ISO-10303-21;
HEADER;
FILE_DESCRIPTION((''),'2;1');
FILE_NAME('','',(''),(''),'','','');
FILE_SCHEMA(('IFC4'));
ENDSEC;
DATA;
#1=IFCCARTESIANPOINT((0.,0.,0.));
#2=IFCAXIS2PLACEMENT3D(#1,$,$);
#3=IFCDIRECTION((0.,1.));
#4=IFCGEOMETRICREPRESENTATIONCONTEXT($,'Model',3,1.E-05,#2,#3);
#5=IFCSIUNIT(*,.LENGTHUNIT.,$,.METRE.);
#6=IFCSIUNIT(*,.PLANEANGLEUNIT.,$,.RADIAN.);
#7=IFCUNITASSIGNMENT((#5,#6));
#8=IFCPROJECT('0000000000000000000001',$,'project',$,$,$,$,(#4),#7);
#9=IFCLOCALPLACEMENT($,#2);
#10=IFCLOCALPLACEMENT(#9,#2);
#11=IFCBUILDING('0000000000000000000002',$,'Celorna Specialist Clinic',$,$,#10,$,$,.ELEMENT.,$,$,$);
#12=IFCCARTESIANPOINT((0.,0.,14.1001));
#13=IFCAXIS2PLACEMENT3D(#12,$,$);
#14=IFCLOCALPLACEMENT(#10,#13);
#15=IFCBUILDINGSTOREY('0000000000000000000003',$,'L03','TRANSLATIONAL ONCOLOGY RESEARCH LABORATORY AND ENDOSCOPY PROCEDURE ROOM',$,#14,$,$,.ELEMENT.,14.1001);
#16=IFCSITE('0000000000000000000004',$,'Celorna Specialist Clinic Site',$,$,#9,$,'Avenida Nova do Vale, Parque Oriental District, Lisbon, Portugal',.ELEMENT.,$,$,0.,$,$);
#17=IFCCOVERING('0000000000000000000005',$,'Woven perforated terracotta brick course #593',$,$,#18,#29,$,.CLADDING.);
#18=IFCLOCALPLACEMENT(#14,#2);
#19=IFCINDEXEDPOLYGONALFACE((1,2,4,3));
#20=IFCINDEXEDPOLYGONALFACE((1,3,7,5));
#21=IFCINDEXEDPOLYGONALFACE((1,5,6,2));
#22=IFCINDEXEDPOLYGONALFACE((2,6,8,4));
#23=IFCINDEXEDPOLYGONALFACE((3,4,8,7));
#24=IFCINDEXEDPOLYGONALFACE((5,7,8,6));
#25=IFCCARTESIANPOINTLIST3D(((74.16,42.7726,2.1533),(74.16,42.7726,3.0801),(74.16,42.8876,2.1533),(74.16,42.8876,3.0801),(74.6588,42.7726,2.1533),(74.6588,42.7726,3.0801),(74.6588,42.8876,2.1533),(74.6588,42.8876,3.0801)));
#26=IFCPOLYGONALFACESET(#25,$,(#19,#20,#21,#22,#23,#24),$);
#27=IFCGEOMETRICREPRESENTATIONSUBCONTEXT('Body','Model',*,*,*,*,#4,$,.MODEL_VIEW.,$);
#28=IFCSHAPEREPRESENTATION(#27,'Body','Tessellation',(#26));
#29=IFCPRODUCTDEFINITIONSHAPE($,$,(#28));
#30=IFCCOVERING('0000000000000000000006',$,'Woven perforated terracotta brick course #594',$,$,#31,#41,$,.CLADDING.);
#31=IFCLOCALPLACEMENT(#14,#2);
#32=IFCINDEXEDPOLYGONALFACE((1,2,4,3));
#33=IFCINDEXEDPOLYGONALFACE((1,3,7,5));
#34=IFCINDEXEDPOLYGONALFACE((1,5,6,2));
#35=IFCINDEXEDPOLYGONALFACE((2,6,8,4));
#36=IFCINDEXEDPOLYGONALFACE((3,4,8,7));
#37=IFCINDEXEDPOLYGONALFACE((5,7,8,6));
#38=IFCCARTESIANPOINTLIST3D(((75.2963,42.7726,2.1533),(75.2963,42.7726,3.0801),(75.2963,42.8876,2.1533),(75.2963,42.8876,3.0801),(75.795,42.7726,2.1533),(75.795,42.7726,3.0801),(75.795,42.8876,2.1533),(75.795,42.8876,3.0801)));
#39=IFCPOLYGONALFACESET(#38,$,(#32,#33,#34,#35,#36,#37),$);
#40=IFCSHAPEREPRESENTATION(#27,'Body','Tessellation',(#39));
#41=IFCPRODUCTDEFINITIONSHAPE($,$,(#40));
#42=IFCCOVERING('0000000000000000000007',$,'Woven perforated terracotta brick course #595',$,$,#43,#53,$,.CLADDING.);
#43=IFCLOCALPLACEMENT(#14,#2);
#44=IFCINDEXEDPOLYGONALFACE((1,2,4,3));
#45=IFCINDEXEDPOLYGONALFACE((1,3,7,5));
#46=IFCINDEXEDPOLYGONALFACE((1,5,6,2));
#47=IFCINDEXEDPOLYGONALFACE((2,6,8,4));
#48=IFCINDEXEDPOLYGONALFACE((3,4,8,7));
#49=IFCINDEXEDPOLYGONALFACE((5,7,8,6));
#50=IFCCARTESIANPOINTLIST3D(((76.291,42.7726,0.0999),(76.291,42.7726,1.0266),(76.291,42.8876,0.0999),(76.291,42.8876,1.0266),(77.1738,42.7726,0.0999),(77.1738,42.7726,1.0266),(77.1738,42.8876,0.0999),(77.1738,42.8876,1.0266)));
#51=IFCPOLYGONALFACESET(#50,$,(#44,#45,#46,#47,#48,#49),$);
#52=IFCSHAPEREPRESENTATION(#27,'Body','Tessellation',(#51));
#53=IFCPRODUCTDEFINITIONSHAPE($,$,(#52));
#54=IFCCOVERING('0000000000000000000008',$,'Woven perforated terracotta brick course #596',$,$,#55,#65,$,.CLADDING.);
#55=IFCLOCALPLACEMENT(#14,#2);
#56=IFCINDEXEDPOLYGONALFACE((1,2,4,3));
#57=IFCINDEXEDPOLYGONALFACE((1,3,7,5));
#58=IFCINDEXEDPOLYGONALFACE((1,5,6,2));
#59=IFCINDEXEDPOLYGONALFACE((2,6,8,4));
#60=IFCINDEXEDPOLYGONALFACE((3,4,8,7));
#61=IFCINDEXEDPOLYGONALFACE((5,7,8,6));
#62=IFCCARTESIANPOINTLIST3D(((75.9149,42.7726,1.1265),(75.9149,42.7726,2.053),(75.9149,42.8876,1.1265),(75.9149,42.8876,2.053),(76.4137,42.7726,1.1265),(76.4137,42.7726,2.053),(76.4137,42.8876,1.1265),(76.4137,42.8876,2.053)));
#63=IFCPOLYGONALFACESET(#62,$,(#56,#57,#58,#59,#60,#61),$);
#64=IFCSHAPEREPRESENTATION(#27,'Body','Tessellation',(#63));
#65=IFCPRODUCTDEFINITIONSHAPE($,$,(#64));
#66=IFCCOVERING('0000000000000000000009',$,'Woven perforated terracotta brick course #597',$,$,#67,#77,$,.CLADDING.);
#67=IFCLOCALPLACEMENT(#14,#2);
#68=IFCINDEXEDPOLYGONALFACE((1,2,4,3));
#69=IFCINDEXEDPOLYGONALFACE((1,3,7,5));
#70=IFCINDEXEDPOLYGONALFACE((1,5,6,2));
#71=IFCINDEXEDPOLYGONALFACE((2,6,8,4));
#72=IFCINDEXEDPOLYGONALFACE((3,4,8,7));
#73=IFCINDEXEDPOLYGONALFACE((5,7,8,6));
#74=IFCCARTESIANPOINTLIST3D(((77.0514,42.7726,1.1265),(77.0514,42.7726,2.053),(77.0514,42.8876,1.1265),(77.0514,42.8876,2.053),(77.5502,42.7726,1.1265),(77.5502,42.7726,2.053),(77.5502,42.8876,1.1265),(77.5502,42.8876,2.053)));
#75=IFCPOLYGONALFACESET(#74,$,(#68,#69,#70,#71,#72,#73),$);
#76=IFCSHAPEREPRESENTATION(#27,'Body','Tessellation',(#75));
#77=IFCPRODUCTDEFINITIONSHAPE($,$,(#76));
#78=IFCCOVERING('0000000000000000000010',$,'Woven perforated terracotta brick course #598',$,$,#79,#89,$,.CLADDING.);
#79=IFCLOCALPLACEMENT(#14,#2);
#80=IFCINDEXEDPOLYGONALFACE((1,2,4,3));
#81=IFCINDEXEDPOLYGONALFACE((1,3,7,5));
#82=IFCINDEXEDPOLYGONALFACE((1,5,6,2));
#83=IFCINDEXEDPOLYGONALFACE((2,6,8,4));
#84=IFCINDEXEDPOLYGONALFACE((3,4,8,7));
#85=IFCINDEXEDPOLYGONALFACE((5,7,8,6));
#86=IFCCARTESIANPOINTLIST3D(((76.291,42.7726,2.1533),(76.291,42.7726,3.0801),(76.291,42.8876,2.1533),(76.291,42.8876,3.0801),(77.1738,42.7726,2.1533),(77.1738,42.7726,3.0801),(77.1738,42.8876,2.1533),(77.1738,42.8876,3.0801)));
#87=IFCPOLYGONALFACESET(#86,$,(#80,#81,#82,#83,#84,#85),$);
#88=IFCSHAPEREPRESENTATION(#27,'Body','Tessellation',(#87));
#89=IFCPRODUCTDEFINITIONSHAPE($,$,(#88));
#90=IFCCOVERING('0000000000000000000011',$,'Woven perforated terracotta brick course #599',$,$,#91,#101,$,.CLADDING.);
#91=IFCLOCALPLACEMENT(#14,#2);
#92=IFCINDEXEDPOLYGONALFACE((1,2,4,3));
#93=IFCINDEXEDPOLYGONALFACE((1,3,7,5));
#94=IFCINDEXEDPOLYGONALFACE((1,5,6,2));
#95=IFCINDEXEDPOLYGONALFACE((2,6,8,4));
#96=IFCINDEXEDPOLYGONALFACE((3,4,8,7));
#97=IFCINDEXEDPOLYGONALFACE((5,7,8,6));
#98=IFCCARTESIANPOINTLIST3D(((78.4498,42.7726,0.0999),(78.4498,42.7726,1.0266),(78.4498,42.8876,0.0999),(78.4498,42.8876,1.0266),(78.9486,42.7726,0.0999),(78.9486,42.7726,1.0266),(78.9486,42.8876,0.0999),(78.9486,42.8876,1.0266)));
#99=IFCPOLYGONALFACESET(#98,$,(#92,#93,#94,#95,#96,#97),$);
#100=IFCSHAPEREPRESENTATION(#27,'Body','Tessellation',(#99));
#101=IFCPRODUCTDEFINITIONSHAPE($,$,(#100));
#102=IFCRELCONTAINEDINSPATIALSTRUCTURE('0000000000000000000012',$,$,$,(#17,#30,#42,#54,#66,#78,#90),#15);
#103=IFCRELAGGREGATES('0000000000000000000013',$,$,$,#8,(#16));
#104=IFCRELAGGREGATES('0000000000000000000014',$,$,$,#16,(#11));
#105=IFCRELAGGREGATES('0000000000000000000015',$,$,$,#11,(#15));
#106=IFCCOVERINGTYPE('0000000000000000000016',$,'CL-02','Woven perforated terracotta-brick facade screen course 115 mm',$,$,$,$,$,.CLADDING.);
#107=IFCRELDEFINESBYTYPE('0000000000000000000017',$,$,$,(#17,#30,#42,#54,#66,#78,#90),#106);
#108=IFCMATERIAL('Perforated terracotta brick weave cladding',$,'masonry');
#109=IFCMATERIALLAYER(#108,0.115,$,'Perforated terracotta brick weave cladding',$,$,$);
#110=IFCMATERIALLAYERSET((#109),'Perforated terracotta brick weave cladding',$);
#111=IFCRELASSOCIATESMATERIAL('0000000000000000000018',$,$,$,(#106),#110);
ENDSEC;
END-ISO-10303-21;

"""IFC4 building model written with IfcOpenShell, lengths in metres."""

from ifc_helpers import new_model, si_unit, direction, frame, origin, origin_2d, place, context, subcontext, project, spatial, rectangle, extrude, material, layer, layer_set, type_object, element, save


model = new_model("IFC4")

# Units and contexts
model_context = context("Model", 3, precision=1e-05, world=origin(), true_north=direction((0.0, 1.0)))
body_context = subcontext(model_context, "Body", "Model", "MODEL_VIEW")
ifc_project = project(units=[si_unit("LENGTHUNIT", "METRE"), si_unit("PLANEANGLEUNIT", "RADIAN")], contexts=[model_context])

# Site, building, storey
site_placement = place(None, origin())
site = spatial("IfcSite", under=ifc_project, at=site_placement, Name="Celorna Specialist Clinic Site", LongName="Avenida Nova do Vale, Parque Oriental District, Lisbon, Portugal", CompositionType="ELEMENT", RefElevation=0.0)
building_placement = place(site_placement, origin())
building = spatial("IfcBuilding", under=site, at=building_placement, Name="Celorna Specialist Clinic", CompositionType="ELEMENT")
storey_placement = place(building_placement, frame((0.0, 0.0, 14.1001)))
storey = spatial("IfcBuildingStorey", under=building, at=storey_placement, Name="L03", Description="TRANSLATIONAL ONCOLOGY RESEARCH LABORATORY AND ENDOSCOPY PROCEDURE ROOM", CompositionType="ELEMENT", Elevation=14.1001)

# Coverings
ifc_material = material(Name="Perforated terracotta brick weave cladding", Category="masonry")
ifc_layer = layer(ifc_material, 0.115, Name="Perforated terracotta brick weave cladding")
ifc_layer_set = layer_set([ifc_layer], Name="Perforated terracotta brick weave cladding")
covering_type = type_object("IfcCoveringType", Name="CL-02", Description="Woven perforated terracotta-brick facade screen course 115 mm", PredefinedType="CLADDING", material=ifc_layer_set)
for number, where, z_axis, x_axis, name in (
    (1, (74.4094, 42.8301, 2.1533), (0.0, 0.0, 1.0), (1.0, 0.0, 0.0), "Woven perforated terracotta brick course #593"),
    (2, (75.5457, 42.8301, 2.1533), (0.0, 0.0, 1.0), (1.0, 0.0, 0.0), "Woven perforated terracotta brick course #594"),
):
    element("IfcCovering", number, at=place(storey_placement, frame(where, z_axis=z_axis, x_axis=x_axis)), inside=storey, type_object=covering_type, Name=name, PredefinedType="CLADDING", context=body_context, shape_type="SweptSolid", body=[
        extrude(rectangle(XDim=0.4988, YDim=0.115, at=origin_2d()), origin(), (0.0, 0.0, 1.0), 0.9268),
    ])
covering_1_placement = place(storey_placement, frame((76.7324, 42.8301, 0.0999), z_axis=(0.0, 0.0, 1.0), x_axis=(1.0, 0.0, 0.0)))
element("IfcCovering", 3, at=covering_1_placement, inside=storey, type_object=covering_type, Name="Woven perforated terracotta brick course #595", PredefinedType="CLADDING", context=body_context, shape_type="SweptSolid", body=[
    extrude(rectangle(XDim=0.8828, YDim=0.115, at=origin_2d()), origin(), (0.0, 0.0, 1.0), 0.9268),
])
for number, where, z_axis, x_axis, name in (
    (4, (76.1643, 42.8301, 1.1265), (0.0, 0.0, 1.0), (1.0, 0.0, 0.0), "Woven perforated terracotta brick course #596"),
    (5, (77.3008, 42.8301, 1.1265), (0.0, 0.0, 1.0), (1.0, 0.0, 0.0), "Woven perforated terracotta brick course #597"),
):
    element("IfcCovering", number, at=place(storey_placement, frame(where, z_axis=z_axis, x_axis=x_axis)), inside=storey, type_object=covering_type, Name=name, PredefinedType="CLADDING", context=body_context, shape_type="SweptSolid", body=[
        extrude(rectangle(XDim=0.4988, YDim=0.115, at=origin_2d()), origin(), (0.0, 0.0, 1.0), 0.9265),
    ])
covering_2_placement = place(storey_placement, frame((76.7324, 42.8301, 2.1533), z_axis=(0.0, 0.0, 1.0), x_axis=(1.0, 0.0, 0.0)))
element("IfcCovering", 6, at=covering_2_placement, inside=storey, type_object=covering_type, Name="Woven perforated terracotta brick course #598", PredefinedType="CLADDING", context=body_context, shape_type="SweptSolid", body=[
    extrude(rectangle(XDim=0.8828, YDim=0.115, at=origin_2d()), origin(), (0.0, 0.0, 1.0), 0.9268),
])
covering_3_placement = place(storey_placement, frame((78.6992, 42.8301, 0.0999), z_axis=(0.0, 0.0, 1.0), x_axis=(1.0, 0.0, 0.0)))
element("IfcCovering", 7, at=covering_3_placement, inside=storey, type_object=covering_type, Name="Woven perforated terracotta brick course #599", PredefinedType="CLADDING", context=body_context, shape_type="SweptSolid", body=[
    extrude(rectangle(XDim=0.4988, YDim=0.115, at=origin_2d()), origin(), (0.0, 0.0, 1.0), 0.9268),
])

save(model, "model.ifc")
